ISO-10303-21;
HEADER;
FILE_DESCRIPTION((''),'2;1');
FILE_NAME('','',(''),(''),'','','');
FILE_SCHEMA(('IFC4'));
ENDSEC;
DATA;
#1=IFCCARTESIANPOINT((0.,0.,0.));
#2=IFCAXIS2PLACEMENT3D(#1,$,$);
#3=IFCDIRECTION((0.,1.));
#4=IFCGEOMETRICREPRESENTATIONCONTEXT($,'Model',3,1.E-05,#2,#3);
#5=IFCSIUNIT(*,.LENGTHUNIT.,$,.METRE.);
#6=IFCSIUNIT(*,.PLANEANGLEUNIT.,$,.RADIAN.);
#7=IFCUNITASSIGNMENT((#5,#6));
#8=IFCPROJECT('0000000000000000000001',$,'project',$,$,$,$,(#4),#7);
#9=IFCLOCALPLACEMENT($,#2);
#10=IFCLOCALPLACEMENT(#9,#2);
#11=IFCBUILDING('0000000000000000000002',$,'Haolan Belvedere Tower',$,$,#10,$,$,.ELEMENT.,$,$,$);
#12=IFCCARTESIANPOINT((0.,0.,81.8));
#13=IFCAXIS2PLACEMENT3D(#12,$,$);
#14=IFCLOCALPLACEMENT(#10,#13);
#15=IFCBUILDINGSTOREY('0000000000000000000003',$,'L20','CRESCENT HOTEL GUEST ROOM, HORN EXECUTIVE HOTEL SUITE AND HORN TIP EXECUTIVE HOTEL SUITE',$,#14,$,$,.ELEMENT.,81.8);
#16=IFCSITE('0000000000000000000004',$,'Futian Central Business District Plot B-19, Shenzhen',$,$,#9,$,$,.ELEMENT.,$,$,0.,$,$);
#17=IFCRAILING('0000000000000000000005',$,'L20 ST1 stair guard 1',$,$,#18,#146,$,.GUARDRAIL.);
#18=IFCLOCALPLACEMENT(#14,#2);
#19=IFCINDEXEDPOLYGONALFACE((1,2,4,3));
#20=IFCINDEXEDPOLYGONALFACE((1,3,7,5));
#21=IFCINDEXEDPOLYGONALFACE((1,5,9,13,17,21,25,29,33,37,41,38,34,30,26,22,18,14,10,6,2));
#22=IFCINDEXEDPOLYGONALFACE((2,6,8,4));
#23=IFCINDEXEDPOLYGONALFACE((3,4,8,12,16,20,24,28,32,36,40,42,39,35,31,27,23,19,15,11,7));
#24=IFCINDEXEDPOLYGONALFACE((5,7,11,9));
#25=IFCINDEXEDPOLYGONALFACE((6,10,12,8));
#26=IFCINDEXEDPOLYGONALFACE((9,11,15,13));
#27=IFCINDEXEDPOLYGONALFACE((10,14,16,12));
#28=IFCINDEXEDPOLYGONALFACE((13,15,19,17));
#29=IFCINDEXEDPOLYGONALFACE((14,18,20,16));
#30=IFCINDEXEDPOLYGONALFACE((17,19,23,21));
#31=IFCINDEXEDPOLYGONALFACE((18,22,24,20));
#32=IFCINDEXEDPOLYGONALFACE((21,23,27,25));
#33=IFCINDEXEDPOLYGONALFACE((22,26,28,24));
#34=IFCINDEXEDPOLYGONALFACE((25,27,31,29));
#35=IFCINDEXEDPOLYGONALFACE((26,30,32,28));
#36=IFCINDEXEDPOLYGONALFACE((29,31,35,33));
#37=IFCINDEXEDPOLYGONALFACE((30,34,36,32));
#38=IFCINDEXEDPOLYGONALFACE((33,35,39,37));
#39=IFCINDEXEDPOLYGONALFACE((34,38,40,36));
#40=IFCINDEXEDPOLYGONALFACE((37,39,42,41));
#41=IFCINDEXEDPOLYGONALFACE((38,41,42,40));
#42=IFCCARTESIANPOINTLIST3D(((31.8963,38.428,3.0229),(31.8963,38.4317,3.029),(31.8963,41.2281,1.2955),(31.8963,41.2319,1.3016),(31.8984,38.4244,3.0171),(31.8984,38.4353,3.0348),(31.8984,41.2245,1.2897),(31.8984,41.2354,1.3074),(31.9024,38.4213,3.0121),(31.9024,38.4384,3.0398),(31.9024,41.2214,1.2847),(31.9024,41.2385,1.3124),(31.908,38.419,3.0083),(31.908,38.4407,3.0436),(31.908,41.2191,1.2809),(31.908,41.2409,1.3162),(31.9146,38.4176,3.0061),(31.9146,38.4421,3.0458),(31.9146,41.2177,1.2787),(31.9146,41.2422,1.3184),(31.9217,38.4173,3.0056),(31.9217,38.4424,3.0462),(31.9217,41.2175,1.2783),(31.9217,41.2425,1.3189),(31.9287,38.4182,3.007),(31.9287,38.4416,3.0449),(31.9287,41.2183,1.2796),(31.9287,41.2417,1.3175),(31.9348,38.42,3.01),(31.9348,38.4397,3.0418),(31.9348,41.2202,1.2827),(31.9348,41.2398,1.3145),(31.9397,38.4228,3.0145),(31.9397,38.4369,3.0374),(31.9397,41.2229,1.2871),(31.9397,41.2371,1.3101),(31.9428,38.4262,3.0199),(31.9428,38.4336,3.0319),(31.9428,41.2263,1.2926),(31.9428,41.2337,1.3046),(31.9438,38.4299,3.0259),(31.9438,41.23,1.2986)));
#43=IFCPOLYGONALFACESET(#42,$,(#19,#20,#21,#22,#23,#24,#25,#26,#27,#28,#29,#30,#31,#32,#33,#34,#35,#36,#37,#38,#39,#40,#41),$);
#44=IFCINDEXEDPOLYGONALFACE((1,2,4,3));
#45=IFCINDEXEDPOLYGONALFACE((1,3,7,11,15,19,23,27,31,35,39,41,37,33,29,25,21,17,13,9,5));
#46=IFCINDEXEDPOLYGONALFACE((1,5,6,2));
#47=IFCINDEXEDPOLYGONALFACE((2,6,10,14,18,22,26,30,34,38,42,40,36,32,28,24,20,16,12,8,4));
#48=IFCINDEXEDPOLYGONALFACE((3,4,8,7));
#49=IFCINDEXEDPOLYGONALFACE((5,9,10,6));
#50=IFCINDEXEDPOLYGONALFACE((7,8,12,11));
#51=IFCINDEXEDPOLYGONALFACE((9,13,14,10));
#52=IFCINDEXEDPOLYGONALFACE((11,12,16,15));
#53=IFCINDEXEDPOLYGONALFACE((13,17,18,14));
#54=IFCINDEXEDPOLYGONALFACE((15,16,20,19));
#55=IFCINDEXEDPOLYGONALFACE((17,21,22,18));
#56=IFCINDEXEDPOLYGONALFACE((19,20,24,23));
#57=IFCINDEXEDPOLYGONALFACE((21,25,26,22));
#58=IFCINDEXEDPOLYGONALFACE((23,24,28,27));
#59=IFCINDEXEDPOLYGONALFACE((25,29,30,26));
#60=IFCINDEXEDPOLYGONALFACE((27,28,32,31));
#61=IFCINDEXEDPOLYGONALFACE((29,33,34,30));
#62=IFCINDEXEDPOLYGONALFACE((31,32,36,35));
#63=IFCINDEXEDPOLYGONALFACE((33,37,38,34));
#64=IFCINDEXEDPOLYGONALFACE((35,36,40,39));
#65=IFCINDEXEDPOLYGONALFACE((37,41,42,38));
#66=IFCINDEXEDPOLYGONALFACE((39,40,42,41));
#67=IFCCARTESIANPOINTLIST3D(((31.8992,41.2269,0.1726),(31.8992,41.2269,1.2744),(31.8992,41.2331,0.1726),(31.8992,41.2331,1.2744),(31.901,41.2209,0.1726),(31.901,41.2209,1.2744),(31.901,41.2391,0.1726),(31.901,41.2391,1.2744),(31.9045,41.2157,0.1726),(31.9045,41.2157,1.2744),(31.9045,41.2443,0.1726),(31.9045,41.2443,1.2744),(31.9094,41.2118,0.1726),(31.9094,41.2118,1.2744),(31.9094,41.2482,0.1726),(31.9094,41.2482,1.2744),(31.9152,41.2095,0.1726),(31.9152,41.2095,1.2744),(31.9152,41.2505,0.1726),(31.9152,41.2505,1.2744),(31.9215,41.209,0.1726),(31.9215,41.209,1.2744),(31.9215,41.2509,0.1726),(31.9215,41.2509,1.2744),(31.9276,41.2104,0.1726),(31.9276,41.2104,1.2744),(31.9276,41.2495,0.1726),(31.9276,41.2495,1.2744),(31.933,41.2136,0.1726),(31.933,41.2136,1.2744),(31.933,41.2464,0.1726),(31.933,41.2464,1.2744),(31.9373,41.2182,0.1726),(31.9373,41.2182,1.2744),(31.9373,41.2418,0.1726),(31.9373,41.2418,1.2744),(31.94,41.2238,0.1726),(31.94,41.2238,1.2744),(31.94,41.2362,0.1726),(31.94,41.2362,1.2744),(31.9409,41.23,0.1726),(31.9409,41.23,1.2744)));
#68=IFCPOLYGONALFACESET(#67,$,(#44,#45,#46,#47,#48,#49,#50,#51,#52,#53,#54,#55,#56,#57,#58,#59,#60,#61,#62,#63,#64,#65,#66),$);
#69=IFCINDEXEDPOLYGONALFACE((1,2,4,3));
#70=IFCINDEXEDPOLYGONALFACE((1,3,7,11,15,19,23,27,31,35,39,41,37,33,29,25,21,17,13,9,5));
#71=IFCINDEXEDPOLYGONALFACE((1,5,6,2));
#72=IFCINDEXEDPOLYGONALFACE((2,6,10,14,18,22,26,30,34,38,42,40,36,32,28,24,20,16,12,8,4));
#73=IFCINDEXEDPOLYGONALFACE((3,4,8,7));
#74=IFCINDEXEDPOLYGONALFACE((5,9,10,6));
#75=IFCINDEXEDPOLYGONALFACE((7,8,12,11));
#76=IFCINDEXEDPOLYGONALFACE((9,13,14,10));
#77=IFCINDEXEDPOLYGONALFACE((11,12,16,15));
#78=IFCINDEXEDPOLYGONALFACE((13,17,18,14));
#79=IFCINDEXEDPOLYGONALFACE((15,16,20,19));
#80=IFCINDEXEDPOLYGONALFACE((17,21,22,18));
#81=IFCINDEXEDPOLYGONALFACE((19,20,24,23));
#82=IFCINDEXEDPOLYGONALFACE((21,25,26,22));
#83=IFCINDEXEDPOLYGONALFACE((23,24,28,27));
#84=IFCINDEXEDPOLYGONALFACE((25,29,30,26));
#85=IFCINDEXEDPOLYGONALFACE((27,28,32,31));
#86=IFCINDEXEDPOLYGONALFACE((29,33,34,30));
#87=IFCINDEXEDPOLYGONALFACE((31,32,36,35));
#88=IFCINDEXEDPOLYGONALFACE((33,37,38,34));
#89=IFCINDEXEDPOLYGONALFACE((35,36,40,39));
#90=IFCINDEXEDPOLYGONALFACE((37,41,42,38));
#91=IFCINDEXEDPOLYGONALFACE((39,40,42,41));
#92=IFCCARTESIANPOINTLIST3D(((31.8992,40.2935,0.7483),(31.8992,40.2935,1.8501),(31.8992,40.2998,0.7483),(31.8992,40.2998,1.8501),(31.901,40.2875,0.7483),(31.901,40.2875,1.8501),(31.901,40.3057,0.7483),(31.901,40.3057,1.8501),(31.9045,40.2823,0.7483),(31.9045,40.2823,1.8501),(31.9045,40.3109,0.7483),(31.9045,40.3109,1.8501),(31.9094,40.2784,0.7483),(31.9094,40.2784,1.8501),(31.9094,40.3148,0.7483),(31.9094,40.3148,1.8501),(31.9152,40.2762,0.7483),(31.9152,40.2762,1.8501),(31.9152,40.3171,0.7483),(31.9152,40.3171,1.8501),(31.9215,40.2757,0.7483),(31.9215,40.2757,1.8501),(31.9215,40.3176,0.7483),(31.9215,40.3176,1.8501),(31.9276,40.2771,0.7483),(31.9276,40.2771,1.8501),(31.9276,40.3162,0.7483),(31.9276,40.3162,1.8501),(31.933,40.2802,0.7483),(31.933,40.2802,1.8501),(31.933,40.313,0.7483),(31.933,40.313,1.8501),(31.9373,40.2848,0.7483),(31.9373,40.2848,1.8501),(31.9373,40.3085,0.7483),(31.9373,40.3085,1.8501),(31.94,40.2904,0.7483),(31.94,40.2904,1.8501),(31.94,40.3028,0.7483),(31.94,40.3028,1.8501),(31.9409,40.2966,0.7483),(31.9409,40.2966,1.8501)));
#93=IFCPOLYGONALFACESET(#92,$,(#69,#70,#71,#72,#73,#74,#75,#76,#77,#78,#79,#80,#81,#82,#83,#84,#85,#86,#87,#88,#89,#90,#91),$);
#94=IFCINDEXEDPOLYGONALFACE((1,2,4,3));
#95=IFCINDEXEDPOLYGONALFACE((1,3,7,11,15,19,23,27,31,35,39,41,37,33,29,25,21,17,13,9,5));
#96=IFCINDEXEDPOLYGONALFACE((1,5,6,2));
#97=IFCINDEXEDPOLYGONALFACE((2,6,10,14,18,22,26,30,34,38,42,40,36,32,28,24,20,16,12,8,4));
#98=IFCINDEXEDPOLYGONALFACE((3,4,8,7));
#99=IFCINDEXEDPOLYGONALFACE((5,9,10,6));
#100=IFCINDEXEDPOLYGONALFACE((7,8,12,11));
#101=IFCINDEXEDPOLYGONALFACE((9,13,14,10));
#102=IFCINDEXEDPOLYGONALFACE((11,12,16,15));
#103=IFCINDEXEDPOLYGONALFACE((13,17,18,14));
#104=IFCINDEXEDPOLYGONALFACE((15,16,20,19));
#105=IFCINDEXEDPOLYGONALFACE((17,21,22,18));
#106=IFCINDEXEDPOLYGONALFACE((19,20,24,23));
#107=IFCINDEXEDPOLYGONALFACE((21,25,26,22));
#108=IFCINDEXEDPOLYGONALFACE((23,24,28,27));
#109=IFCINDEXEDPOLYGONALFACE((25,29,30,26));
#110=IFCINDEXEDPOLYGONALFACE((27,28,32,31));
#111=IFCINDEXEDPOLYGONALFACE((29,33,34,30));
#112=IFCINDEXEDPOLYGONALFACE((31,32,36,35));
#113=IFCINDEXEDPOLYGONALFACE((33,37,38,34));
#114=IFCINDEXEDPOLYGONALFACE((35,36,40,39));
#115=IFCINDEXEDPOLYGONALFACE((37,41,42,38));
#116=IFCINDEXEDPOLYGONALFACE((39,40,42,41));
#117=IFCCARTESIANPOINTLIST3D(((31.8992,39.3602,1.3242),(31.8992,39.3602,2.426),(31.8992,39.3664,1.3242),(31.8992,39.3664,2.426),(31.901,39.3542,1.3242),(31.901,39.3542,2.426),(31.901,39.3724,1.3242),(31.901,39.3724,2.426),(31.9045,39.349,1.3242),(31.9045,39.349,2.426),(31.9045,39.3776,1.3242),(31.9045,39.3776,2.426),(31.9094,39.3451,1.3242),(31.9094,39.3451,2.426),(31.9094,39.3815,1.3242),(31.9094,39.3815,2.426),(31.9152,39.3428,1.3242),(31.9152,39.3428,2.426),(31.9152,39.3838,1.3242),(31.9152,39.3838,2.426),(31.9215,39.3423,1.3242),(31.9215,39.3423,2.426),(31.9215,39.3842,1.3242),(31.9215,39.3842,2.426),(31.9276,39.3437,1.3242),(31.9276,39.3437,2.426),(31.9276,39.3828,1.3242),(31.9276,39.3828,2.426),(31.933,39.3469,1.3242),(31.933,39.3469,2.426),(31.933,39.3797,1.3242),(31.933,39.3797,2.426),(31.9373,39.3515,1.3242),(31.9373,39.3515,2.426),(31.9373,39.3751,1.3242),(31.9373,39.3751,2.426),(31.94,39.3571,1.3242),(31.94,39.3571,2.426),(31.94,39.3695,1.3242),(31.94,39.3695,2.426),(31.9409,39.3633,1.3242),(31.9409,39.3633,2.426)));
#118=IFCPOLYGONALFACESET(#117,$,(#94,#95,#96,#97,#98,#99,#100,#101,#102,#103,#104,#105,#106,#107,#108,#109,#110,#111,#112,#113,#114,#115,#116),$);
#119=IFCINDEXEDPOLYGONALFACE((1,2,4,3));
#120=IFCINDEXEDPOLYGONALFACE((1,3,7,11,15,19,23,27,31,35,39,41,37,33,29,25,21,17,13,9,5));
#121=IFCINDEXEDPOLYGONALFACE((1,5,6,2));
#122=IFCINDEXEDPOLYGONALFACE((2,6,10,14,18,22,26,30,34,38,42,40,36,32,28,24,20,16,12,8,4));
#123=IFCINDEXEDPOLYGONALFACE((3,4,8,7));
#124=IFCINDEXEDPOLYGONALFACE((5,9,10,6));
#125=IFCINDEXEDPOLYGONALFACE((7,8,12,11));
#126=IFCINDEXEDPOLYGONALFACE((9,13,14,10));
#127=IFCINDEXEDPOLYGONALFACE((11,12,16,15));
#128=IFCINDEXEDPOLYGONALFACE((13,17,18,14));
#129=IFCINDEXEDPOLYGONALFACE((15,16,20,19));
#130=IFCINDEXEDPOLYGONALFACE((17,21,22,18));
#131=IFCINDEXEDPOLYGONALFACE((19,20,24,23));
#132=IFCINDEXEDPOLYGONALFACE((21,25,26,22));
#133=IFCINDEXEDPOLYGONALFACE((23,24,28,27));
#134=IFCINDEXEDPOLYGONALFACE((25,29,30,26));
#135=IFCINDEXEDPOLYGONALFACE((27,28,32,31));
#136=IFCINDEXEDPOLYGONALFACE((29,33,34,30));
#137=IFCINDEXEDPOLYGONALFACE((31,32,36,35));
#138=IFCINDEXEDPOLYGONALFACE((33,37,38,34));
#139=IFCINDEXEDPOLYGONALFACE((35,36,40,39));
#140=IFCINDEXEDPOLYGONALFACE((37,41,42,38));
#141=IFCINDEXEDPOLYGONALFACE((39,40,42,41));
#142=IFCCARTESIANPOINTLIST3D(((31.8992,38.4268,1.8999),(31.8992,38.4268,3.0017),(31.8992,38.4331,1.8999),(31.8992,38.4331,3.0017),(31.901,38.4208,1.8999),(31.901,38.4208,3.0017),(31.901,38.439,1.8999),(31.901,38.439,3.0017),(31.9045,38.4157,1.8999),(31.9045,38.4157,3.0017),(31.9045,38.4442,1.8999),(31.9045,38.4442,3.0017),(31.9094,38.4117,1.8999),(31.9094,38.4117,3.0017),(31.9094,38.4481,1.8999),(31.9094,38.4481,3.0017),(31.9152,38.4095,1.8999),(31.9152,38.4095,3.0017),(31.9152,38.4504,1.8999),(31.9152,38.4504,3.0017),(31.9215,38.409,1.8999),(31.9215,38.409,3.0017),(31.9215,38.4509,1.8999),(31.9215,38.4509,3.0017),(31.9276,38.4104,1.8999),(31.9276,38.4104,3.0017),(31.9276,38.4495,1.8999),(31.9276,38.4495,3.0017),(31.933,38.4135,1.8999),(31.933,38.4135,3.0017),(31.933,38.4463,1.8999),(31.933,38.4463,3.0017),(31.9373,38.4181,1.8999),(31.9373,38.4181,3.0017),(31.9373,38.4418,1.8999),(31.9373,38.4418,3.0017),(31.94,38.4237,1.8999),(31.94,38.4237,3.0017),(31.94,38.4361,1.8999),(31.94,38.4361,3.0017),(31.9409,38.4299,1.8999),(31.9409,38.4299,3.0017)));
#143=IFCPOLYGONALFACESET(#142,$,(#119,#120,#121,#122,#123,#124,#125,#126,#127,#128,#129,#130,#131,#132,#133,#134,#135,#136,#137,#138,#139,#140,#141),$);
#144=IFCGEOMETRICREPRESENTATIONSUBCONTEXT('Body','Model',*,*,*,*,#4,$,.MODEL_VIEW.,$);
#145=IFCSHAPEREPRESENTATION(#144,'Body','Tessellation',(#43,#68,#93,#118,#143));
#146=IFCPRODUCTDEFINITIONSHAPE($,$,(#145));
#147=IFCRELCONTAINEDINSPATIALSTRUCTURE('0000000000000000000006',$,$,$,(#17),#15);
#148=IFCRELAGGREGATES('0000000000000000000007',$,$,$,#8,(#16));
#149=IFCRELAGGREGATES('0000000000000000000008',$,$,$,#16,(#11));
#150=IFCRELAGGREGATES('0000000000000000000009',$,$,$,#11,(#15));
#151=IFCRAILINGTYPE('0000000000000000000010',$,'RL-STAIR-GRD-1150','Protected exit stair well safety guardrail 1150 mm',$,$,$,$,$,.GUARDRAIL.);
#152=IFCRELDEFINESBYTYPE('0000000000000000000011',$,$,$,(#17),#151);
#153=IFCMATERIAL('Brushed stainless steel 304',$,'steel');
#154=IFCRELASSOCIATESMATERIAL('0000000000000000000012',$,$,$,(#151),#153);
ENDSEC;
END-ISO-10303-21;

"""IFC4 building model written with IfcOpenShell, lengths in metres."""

from ifc_helpers import new_model, si_unit, direction, frame, origin, origin_2d, place, context, subcontext, project, spatial, circle, extrude, material, type_object, element, save


model = new_model("IFC4")

# Units and contexts
model_context = context("Model", 3, precision=1e-05, world=origin(), true_north=direction((0.0, 1.0)))
body_context = subcontext(model_context, "Body", "Model", "MODEL_VIEW")
ifc_project = project(units=[si_unit("LENGTHUNIT", "METRE"), si_unit("PLANEANGLEUNIT", "RADIAN")], contexts=[model_context])

# Site, building, storey
site_placement = place(None, origin())
site = spatial("IfcSite", under=ifc_project, at=site_placement, Name="Futian Central Business District Plot B-19, Shenzhen", CompositionType="ELEMENT", RefElevation=0.0)
building_placement = place(site_placement, origin())
building = spatial("IfcBuilding", under=site, at=building_placement, Name="Haolan Belvedere Tower", CompositionType="ELEMENT")
storey_placement = place(building_placement, frame((0.0, 0.0, 81.8)))
storey = spatial("IfcBuildingStorey", under=building, at=storey_placement, Name="L20", Description="CRESCENT HOTEL GUEST ROOM, HORN EXECUTIVE HOTEL SUITE AND HORN TIP EXECUTIVE HOTEL SUITE", CompositionType="ELEMENT", Elevation=81.8)

# Railing
ifc_material_1 = material(Name="Brushed stainless steel 304", Category="steel")
railing_type_1 = type_object("IfcRailingType", Name="RL-STAIR-GRD-1150", Description="Protected exit stair well safety guardrail 1150 mm", PredefinedType="GUARDRAIL", material=ifc_material_1)
railing_1_placement = place(storey_placement, frame((31.9199, 41.23, 0.1726)))
element("IfcRailing", 1, at=railing_1_placement, inside=storey, type_object=railing_type_1, Name="L20 ST1 stair guard 1", PredefinedType="GUARDRAIL", context=body_context, shape_type="SweptSolid", body=[
    extrude(circle(Radius=0.0239, at=origin_2d()), frame((0.0, 0.0, 1.126), z_axis=(0.0, -0.85109, 0.52502), x_axis=(1.0, 0.0, 0.0)), (0.0, 0.0, 1.0), 3.29),
    extrude(circle(Radius=0.021, at=origin_2d()), origin(), (0.0, 0.0, 1.0), 1.1018),
    extrude(circle(Radius=0.021, at=origin_2d()), frame((0.0, -0.9333, 0.5757)), (0.0, 0.0, 1.0), 1.1018),
    extrude(circle(Radius=0.021, at=origin_2d()), frame((0.0, -1.8667, 1.1516)), (0.0, 0.0, 1.0), 1.1018),
    extrude(circle(Radius=0.021, at=origin_2d()), frame((0.0, -2.8, 1.7273)), (0.0, 0.0, 1.0), 1.1018),
])

save(model, "model.ifc")
